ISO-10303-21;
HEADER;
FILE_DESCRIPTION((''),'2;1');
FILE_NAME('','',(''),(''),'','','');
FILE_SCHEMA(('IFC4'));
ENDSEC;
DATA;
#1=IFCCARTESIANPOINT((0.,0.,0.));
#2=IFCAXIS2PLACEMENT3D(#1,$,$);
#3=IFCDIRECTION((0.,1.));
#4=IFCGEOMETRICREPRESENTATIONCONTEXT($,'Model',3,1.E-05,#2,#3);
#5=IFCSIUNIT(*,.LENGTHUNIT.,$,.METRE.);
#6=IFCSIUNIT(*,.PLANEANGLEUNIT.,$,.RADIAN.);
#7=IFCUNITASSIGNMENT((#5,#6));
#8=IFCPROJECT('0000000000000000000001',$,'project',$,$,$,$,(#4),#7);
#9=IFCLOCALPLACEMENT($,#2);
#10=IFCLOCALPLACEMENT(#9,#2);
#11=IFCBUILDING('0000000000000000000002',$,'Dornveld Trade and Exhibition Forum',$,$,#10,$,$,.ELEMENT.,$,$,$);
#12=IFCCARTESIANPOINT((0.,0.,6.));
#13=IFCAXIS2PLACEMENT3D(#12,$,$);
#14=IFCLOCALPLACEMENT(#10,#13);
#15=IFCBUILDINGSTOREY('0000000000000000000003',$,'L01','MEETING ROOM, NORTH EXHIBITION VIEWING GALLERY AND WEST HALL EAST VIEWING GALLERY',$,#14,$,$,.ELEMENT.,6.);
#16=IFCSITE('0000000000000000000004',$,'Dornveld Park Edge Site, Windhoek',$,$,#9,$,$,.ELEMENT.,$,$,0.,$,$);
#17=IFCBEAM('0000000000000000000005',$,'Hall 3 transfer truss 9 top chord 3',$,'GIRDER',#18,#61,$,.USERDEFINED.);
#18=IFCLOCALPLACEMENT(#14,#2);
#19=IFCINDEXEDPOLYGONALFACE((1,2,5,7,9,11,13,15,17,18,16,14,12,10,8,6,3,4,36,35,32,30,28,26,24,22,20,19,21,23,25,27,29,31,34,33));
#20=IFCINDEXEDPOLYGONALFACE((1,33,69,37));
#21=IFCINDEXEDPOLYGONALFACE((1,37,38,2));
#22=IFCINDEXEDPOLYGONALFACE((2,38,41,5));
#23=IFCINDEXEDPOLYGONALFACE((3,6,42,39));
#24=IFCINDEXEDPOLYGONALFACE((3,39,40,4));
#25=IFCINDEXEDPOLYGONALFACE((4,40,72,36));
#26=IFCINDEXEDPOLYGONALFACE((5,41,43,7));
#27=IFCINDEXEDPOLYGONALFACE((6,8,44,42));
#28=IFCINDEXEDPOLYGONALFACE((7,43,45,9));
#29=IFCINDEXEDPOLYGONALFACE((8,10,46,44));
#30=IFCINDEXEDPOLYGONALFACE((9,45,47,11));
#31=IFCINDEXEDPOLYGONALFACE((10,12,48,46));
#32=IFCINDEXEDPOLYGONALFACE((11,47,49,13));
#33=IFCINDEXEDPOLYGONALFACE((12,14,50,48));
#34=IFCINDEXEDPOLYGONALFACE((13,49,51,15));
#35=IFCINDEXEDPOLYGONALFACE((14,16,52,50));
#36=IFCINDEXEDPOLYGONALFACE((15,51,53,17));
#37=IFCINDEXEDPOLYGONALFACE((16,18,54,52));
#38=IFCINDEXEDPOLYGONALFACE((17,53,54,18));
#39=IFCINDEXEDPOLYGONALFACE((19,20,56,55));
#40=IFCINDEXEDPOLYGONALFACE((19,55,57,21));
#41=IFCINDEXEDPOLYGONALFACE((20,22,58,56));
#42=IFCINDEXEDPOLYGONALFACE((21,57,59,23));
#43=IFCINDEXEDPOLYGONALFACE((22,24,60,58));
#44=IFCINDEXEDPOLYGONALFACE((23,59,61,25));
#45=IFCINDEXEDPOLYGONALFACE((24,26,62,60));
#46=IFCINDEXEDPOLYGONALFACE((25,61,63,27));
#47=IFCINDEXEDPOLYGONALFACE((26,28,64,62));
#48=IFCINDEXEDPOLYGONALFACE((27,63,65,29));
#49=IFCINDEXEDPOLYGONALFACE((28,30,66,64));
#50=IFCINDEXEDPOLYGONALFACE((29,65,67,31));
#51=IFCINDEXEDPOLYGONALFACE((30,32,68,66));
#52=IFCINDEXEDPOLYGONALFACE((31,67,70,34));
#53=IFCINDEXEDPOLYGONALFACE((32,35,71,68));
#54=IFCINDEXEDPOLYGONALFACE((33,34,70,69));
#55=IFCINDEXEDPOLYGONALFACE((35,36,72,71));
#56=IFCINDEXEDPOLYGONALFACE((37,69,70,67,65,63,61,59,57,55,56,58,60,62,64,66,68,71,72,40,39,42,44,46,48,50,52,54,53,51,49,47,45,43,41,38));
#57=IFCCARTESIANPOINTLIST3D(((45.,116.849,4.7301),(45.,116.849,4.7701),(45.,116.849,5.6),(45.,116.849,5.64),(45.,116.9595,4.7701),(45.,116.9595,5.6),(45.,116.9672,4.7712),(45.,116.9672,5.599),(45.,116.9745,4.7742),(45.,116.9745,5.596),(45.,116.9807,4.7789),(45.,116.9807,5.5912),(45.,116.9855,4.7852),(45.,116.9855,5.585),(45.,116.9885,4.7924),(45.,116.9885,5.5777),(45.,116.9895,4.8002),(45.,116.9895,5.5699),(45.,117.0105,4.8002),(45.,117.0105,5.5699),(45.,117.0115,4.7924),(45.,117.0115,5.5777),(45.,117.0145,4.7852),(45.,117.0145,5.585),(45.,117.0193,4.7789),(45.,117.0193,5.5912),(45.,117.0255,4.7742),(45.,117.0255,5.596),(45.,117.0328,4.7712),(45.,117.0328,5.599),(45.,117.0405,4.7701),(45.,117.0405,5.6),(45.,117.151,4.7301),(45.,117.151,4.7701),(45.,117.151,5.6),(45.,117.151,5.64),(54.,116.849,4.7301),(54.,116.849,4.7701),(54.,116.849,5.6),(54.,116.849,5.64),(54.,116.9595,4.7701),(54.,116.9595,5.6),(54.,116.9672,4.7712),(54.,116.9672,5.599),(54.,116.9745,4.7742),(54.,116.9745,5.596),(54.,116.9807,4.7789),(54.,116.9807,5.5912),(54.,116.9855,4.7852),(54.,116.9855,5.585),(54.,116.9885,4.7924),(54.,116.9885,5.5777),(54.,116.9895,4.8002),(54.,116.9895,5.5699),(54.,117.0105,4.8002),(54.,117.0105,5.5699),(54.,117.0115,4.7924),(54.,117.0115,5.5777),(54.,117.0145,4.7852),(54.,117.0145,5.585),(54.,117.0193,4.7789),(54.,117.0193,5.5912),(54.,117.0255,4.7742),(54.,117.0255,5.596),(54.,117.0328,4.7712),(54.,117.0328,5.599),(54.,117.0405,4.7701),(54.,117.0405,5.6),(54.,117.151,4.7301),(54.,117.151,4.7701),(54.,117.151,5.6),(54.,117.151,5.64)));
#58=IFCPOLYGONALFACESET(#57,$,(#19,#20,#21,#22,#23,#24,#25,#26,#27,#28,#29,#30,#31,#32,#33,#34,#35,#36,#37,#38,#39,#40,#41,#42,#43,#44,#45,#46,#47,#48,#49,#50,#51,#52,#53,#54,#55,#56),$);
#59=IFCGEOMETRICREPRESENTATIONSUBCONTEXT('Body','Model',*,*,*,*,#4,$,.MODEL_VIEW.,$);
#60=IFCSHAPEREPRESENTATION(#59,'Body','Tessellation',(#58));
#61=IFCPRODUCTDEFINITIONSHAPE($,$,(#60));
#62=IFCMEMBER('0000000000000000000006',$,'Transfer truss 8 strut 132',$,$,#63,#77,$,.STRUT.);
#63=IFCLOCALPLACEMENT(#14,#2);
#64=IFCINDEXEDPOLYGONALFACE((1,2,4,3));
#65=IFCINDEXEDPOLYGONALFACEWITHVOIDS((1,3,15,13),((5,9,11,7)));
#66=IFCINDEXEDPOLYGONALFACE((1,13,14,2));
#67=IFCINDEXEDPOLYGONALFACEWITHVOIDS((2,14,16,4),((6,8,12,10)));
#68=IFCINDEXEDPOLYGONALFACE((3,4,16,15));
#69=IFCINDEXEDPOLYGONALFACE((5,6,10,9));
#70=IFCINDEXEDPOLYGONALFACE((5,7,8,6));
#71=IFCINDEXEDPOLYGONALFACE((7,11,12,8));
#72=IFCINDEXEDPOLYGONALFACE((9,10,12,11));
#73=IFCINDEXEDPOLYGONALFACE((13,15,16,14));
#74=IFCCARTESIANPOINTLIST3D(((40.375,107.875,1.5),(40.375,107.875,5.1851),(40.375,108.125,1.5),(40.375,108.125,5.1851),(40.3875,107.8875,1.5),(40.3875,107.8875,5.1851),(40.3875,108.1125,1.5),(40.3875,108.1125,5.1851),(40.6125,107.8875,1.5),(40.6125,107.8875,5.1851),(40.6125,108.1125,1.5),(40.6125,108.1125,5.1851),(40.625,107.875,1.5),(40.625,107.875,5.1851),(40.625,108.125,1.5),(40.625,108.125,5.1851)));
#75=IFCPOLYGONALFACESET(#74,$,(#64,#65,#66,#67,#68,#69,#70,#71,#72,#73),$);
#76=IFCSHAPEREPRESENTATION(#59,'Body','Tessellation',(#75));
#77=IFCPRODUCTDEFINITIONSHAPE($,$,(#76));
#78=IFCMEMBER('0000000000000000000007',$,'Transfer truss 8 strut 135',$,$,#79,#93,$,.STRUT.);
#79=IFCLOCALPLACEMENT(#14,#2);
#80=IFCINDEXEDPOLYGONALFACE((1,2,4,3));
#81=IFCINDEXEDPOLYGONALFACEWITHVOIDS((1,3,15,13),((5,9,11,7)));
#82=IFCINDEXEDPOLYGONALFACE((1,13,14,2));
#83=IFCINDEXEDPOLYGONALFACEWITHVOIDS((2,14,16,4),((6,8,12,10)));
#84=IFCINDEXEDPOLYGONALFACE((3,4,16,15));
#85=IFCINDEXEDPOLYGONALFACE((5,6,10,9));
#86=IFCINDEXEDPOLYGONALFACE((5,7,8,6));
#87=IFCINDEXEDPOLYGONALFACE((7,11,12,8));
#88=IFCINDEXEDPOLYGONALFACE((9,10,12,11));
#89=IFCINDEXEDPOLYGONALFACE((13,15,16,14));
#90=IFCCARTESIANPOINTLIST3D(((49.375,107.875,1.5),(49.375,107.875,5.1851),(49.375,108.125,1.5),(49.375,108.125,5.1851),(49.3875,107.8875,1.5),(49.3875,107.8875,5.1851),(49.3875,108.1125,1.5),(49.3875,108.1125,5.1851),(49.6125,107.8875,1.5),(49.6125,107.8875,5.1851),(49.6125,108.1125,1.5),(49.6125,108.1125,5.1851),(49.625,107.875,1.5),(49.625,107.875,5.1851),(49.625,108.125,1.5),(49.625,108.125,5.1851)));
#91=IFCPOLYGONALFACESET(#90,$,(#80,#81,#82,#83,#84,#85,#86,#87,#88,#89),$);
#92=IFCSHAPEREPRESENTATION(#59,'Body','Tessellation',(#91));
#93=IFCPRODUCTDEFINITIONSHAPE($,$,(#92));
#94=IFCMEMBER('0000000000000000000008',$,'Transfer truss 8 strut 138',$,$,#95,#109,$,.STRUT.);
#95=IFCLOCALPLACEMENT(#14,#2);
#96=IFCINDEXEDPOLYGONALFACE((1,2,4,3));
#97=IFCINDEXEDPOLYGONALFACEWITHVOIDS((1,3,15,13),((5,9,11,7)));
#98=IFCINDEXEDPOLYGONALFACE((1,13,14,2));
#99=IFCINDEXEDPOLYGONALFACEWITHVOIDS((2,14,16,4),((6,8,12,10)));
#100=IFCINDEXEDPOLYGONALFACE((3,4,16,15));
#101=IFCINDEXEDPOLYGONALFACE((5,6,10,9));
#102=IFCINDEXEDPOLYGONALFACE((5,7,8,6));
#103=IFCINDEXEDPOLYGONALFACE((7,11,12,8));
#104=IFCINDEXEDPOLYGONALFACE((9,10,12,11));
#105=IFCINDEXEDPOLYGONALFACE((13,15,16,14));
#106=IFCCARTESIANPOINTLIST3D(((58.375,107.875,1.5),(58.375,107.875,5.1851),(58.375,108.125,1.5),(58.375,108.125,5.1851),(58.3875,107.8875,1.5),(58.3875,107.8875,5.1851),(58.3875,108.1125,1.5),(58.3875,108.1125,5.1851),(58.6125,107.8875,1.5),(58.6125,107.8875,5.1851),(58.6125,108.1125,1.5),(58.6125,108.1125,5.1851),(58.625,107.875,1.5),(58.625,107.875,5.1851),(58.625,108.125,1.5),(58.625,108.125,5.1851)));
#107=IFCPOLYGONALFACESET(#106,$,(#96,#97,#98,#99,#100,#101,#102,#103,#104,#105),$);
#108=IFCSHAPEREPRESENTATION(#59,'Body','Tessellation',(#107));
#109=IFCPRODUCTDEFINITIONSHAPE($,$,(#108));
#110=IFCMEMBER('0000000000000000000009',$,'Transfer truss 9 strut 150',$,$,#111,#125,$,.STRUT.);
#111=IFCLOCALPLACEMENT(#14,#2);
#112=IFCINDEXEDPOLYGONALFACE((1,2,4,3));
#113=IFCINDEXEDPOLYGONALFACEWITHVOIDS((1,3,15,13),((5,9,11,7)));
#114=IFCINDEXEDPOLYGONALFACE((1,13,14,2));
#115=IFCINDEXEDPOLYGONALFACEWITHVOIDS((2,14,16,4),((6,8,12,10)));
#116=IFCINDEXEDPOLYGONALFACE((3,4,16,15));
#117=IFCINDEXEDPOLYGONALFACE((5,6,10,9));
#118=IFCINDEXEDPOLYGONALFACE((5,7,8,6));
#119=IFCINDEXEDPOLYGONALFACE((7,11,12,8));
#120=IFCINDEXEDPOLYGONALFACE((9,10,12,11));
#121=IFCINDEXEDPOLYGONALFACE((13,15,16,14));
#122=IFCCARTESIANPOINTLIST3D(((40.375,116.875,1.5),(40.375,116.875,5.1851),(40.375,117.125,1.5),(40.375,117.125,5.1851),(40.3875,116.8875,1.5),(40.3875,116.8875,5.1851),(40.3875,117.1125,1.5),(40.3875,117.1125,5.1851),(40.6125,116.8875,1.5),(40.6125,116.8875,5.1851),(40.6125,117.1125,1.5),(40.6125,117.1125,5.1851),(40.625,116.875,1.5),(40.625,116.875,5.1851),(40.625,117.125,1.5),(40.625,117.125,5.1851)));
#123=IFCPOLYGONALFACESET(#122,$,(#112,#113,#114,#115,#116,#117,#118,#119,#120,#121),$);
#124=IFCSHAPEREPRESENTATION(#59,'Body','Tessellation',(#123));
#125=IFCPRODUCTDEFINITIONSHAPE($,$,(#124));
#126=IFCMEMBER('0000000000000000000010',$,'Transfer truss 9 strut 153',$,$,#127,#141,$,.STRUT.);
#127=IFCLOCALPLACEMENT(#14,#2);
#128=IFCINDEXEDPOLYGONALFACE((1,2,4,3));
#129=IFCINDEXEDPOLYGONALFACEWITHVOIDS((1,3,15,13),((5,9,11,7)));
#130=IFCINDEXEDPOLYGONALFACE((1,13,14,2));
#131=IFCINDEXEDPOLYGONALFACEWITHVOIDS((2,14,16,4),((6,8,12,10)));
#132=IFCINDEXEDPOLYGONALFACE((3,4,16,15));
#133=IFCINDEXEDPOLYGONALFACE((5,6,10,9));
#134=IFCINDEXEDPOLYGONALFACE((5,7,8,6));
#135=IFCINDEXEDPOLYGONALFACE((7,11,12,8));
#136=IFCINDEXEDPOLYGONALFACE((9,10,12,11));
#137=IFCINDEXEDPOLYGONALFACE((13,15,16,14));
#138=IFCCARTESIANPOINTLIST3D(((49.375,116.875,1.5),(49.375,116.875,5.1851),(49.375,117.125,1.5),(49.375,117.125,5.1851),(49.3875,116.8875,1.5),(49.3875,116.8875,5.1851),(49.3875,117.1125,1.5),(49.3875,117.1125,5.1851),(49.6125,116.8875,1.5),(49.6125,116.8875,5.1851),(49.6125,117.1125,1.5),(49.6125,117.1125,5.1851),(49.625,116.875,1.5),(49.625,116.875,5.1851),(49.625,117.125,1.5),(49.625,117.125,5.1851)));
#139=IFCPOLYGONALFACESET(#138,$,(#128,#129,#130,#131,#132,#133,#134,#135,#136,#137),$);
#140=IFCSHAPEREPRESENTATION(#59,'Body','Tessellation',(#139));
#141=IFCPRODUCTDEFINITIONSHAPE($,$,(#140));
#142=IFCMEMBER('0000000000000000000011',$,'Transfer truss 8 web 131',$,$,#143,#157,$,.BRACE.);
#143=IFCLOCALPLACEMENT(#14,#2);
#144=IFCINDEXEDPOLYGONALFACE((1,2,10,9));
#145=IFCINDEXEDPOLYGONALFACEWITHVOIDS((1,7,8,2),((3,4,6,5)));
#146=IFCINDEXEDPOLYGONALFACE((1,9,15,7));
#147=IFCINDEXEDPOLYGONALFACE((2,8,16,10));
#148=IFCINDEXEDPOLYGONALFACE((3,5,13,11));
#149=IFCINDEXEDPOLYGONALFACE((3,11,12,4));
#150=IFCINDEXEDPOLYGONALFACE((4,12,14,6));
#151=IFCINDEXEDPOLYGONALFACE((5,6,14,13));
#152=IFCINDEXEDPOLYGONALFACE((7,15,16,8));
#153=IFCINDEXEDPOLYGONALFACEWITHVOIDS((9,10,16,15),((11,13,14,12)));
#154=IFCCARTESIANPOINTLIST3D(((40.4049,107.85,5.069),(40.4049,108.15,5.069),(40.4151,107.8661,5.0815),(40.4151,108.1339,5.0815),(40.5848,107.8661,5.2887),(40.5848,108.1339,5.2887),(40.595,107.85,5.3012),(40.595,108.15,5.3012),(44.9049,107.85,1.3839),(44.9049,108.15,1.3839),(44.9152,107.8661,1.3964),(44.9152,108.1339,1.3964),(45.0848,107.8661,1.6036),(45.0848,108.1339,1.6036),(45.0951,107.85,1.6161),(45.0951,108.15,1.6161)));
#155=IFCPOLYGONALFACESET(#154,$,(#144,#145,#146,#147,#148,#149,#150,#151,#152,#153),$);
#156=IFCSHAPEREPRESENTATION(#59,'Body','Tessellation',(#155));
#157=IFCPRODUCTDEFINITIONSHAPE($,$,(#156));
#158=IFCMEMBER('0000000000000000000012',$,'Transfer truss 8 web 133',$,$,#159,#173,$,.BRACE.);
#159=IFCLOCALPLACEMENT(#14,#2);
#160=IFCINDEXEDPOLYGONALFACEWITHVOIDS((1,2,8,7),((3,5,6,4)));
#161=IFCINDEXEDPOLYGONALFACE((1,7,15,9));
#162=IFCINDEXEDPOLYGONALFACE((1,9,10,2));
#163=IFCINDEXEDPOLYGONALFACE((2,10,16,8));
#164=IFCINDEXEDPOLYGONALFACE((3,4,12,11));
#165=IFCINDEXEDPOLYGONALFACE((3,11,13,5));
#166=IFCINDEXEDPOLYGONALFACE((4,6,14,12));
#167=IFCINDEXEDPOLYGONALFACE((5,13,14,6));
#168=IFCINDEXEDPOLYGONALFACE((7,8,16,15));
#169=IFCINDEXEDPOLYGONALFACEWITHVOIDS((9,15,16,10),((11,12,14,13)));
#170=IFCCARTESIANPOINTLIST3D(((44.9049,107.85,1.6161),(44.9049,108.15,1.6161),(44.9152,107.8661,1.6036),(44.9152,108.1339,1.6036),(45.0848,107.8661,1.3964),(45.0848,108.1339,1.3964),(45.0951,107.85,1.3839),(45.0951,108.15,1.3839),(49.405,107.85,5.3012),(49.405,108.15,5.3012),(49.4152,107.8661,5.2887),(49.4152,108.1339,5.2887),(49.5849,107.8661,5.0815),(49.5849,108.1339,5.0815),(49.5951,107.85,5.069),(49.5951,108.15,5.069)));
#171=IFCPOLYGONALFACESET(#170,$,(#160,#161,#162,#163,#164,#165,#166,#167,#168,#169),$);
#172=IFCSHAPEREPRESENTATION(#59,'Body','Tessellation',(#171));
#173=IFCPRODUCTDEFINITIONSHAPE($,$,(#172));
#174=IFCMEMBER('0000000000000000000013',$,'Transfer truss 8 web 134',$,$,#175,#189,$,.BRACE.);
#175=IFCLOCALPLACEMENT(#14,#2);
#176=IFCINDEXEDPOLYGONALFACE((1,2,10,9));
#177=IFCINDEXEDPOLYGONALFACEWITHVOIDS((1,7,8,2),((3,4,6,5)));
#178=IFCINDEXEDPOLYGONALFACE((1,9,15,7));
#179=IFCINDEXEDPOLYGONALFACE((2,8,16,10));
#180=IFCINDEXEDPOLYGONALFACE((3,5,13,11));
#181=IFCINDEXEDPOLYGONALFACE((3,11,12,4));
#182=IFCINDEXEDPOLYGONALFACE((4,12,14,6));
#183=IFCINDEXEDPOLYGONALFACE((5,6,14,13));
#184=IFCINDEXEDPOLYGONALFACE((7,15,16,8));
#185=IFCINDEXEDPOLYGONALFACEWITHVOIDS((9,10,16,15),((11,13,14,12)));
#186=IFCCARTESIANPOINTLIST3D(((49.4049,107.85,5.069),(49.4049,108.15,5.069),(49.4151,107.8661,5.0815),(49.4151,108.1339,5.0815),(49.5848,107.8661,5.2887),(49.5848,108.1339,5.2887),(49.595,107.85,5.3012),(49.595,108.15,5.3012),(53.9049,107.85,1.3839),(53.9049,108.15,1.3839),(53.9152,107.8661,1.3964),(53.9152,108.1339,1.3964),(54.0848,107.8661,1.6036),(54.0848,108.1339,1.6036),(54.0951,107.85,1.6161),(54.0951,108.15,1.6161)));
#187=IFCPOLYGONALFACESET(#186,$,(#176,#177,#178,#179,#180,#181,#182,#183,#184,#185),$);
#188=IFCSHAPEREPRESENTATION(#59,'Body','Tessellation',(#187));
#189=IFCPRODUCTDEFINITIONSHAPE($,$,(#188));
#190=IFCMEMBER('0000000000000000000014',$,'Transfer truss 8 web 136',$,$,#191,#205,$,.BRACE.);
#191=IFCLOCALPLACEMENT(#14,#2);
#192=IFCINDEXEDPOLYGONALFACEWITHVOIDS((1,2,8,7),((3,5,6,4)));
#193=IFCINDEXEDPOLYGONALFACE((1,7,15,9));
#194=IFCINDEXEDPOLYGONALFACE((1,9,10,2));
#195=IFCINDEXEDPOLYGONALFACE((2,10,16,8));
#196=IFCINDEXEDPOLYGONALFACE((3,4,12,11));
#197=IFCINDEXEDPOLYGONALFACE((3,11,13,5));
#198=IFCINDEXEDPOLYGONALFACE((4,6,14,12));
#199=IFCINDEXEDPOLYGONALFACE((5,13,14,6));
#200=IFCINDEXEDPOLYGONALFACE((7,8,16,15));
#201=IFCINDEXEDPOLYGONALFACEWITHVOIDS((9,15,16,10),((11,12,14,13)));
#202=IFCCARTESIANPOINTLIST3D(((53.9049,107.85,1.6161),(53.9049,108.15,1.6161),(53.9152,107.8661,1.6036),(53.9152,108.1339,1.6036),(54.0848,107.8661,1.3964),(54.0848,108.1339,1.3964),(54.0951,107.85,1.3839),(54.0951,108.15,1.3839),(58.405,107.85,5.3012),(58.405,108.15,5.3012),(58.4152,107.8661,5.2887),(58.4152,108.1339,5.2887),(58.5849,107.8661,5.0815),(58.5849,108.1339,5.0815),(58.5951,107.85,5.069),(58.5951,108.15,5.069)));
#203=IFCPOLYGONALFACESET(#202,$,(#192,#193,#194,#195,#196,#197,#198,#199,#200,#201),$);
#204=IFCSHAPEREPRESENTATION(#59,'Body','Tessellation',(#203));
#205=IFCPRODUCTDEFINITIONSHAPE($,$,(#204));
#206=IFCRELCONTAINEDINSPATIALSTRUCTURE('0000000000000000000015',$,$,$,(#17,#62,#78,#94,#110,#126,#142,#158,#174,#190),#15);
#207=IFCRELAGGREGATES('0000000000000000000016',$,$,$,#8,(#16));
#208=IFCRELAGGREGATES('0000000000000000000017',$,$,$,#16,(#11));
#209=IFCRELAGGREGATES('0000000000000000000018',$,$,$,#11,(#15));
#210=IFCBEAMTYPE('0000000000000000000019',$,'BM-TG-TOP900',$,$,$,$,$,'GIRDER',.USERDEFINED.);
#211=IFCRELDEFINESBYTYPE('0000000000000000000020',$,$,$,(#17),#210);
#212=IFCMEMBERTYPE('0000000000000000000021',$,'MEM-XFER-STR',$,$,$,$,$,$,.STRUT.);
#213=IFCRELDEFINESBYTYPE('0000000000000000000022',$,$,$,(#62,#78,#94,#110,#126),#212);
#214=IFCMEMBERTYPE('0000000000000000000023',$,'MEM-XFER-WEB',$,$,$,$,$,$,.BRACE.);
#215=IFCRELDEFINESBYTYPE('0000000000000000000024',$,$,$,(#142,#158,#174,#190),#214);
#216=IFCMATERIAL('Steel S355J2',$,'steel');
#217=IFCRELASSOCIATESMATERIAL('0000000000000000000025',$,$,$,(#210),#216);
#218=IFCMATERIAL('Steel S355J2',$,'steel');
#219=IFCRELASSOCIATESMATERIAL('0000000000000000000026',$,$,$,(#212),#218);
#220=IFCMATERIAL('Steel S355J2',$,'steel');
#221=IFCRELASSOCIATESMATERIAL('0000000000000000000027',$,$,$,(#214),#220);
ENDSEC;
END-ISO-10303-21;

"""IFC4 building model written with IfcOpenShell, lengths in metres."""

from ifc_helpers import new_model, si_unit, direction, frame, origin, origin_2d, place, context, subcontext, project, spatial, hollow_rectangle, i_section, extrude, material, material_profile, profile_set, type_object, element, save


model = new_model("IFC4")

# Units and contexts
model_context = context("Model", 3, precision=1e-05, world=origin(), true_north=direction((0.0, 1.0)))
body_context = subcontext(model_context, "Body", "Model", "MODEL_VIEW")
ifc_project = project(units=[si_unit("LENGTHUNIT", "METRE"), si_unit("PLANEANGLEUNIT", "RADIAN")], contexts=[model_context])

# Site, building, storey
site_placement = place(None, origin())
site = spatial("IfcSite", under=ifc_project, at=site_placement, Name="Dornveld Park Edge Site, Windhoek", CompositionType="ELEMENT", RefElevation=0.0)
building_placement = place(site_placement, origin())
building = spatial("IfcBuilding", under=site, at=building_placement, Name="Dornveld Trade and Exhibition Forum", CompositionType="ELEMENT")
storey_placement = place(building_placement, frame((0.0, 0.0, 6.0)))
storey = spatial("IfcBuildingStorey", under=building, at=storey_placement, Name="L01", Description="MEETING ROOM, NORTH EXHIBITION VIEWING GALLERY AND WEST HALL EAST VIEWING GALLERY", CompositionType="ELEMENT", Elevation=6.0)

# Beam
ifc_material_1 = material(Name="Steel S355J2", Category="steel")
ifc_material_profile_1 = material_profile(ifc_material_1, i_section(OverallWidth=0.302, OverallDepth=0.9099, WebThickness=0.021, FlangeThickness=0.04, FilletRadius=0.03, at=origin_2d()), Name="HEM 900")
ifc_profile_set_1 = profile_set([ifc_material_profile_1], Name="Steel S355J2")
beam_type_1 = type_object("IfcBeamType", Name="BM-TG-TOP900", ElementType="GIRDER", PredefinedType="USERDEFINED", material=ifc_profile_set_1)
for number, where, z_axis, x_axis, name in (
    (1, (45.0, 117.0, 5.1851), (1.0, 0.0, 0.0), (0.0, 1.0, 0.0), "Hall 3 transfer truss 9 top chord 3"),
):
    element("IfcBeam", number, at=place(storey_placement, frame(where, z_axis=z_axis, x_axis=x_axis)), inside=storey, type_object=beam_type_1, Name=name, ObjectType="GIRDER", PredefinedType="USERDEFINED", context=body_context, shape_type="SweptSolid", body=[
        extrude(i_section(OverallWidth=0.302, OverallDepth=0.9099, WebThickness=0.021, FlangeThickness=0.04, FilletRadius=0.03, at=origin_2d()), origin(), (0.0, 0.0, 1.0), 9.0),
    ])

# Members
ifc_material_2 = material(Name="Steel S355J2", Category="steel")
ifc_material_profile_2 = material_profile(ifc_material_2, hollow_rectangle(XDim=0.25, YDim=0.25, WallThickness=0.0125, at=origin_2d()), Name="SHS 250x250x12.5")
ifc_profile_set_2 = profile_set([ifc_material_profile_2], Name="Steel S355J2")
member_type_1 = type_object("IfcMemberType", Name="MEM-XFER-STR", PredefinedType="STRUT", material=ifc_profile_set_2)
for number, where, z_axis, x_axis, name in (
    (2, (40.5, 108.0, 1.5), (0.0, 0.0, 1.0), (1.0, 0.0, 0.0), "Transfer truss 8 strut 132"),
    (3, (49.5, 108.0, 1.5), (0.0, 0.0, 1.0), (1.0, 0.0, 0.0), "Transfer truss 8 strut 135"),
    (4, (58.5, 108.0, 1.5), (0.0, 0.0, 1.0), (1.0, 0.0, 0.0), "Transfer truss 8 strut 138"),
    (5, (40.5, 117.0, 1.5), (0.0, 0.0, 1.0), (1.0, 0.0, 0.0), "Transfer truss 9 strut 150"),
    (6, (49.5, 117.0, 1.5), (0.0, 0.0, 1.0), (1.0, 0.0, 0.0), "Transfer truss 9 strut 153"),
):
    element("IfcMember", number, at=place(storey_placement, frame(where, z_axis=z_axis, x_axis=x_axis)), inside=storey, type_object=member_type_1, Name=name, PredefinedType="STRUT", context=body_context, shape_type="SweptSolid", body=[
        extrude(hollow_rectangle(XDim=0.25, YDim=0.25, WallThickness=0.0125, at=origin_2d()), origin(), (0.0, 0.0, 1.0), 3.6851),
    ])
ifc_material_3 = material(Name="Steel S355J2", Category="steel")
ifc_material_profile_3 = material_profile(ifc_material_3, hollow_rectangle(XDim=0.3, YDim=0.3, WallThickness=0.0161, at=origin_2d()), Name="SHS 300x300x16")
ifc_profile_set_3 = profile_set([ifc_material_profile_3], Name="Steel S355J2")
member_type_2 = type_object("IfcMemberType", Name="MEM-XFER-WEB", PredefinedType="BRACE", material=ifc_profile_set_3)
for number, where, z_axis, x_axis, name in (
    (7, (45.0, 108.0, 1.5), (-0.773684, 0.0, 0.633571), (0.0, -1.0, 0.0), "Transfer truss 8 web 131"),
    (8, (45.0, 108.0, 1.5), (0.773684, 0.0, 0.633571), (0.0, 1.0, 0.0), "Transfer truss 8 web 133"),
    (9, (54.0, 108.0, 1.5), (-0.773684, 0.0, 0.633571), (0.0, -1.0, 0.0), "Transfer truss 8 web 134"),
    (10, (54.0, 108.0, 1.5), (0.773684, 0.0, 0.633571), (0.0, 1.0, 0.0), "Transfer truss 8 web 136"),
):
    element("IfcMember", number, at=place(storey_placement, frame(where, z_axis=z_axis, x_axis=x_axis)), inside=storey, type_object=member_type_2, Name=name, PredefinedType="BRACE", context=body_context, shape_type="SweptSolid", body=[
        extrude(hollow_rectangle(XDim=0.3, YDim=0.3, WallThickness=0.0161, at=origin_2d()), origin(), (0.0, 0.0, 1.0), 5.8164),
    ])

save(model, "model.ifc")
